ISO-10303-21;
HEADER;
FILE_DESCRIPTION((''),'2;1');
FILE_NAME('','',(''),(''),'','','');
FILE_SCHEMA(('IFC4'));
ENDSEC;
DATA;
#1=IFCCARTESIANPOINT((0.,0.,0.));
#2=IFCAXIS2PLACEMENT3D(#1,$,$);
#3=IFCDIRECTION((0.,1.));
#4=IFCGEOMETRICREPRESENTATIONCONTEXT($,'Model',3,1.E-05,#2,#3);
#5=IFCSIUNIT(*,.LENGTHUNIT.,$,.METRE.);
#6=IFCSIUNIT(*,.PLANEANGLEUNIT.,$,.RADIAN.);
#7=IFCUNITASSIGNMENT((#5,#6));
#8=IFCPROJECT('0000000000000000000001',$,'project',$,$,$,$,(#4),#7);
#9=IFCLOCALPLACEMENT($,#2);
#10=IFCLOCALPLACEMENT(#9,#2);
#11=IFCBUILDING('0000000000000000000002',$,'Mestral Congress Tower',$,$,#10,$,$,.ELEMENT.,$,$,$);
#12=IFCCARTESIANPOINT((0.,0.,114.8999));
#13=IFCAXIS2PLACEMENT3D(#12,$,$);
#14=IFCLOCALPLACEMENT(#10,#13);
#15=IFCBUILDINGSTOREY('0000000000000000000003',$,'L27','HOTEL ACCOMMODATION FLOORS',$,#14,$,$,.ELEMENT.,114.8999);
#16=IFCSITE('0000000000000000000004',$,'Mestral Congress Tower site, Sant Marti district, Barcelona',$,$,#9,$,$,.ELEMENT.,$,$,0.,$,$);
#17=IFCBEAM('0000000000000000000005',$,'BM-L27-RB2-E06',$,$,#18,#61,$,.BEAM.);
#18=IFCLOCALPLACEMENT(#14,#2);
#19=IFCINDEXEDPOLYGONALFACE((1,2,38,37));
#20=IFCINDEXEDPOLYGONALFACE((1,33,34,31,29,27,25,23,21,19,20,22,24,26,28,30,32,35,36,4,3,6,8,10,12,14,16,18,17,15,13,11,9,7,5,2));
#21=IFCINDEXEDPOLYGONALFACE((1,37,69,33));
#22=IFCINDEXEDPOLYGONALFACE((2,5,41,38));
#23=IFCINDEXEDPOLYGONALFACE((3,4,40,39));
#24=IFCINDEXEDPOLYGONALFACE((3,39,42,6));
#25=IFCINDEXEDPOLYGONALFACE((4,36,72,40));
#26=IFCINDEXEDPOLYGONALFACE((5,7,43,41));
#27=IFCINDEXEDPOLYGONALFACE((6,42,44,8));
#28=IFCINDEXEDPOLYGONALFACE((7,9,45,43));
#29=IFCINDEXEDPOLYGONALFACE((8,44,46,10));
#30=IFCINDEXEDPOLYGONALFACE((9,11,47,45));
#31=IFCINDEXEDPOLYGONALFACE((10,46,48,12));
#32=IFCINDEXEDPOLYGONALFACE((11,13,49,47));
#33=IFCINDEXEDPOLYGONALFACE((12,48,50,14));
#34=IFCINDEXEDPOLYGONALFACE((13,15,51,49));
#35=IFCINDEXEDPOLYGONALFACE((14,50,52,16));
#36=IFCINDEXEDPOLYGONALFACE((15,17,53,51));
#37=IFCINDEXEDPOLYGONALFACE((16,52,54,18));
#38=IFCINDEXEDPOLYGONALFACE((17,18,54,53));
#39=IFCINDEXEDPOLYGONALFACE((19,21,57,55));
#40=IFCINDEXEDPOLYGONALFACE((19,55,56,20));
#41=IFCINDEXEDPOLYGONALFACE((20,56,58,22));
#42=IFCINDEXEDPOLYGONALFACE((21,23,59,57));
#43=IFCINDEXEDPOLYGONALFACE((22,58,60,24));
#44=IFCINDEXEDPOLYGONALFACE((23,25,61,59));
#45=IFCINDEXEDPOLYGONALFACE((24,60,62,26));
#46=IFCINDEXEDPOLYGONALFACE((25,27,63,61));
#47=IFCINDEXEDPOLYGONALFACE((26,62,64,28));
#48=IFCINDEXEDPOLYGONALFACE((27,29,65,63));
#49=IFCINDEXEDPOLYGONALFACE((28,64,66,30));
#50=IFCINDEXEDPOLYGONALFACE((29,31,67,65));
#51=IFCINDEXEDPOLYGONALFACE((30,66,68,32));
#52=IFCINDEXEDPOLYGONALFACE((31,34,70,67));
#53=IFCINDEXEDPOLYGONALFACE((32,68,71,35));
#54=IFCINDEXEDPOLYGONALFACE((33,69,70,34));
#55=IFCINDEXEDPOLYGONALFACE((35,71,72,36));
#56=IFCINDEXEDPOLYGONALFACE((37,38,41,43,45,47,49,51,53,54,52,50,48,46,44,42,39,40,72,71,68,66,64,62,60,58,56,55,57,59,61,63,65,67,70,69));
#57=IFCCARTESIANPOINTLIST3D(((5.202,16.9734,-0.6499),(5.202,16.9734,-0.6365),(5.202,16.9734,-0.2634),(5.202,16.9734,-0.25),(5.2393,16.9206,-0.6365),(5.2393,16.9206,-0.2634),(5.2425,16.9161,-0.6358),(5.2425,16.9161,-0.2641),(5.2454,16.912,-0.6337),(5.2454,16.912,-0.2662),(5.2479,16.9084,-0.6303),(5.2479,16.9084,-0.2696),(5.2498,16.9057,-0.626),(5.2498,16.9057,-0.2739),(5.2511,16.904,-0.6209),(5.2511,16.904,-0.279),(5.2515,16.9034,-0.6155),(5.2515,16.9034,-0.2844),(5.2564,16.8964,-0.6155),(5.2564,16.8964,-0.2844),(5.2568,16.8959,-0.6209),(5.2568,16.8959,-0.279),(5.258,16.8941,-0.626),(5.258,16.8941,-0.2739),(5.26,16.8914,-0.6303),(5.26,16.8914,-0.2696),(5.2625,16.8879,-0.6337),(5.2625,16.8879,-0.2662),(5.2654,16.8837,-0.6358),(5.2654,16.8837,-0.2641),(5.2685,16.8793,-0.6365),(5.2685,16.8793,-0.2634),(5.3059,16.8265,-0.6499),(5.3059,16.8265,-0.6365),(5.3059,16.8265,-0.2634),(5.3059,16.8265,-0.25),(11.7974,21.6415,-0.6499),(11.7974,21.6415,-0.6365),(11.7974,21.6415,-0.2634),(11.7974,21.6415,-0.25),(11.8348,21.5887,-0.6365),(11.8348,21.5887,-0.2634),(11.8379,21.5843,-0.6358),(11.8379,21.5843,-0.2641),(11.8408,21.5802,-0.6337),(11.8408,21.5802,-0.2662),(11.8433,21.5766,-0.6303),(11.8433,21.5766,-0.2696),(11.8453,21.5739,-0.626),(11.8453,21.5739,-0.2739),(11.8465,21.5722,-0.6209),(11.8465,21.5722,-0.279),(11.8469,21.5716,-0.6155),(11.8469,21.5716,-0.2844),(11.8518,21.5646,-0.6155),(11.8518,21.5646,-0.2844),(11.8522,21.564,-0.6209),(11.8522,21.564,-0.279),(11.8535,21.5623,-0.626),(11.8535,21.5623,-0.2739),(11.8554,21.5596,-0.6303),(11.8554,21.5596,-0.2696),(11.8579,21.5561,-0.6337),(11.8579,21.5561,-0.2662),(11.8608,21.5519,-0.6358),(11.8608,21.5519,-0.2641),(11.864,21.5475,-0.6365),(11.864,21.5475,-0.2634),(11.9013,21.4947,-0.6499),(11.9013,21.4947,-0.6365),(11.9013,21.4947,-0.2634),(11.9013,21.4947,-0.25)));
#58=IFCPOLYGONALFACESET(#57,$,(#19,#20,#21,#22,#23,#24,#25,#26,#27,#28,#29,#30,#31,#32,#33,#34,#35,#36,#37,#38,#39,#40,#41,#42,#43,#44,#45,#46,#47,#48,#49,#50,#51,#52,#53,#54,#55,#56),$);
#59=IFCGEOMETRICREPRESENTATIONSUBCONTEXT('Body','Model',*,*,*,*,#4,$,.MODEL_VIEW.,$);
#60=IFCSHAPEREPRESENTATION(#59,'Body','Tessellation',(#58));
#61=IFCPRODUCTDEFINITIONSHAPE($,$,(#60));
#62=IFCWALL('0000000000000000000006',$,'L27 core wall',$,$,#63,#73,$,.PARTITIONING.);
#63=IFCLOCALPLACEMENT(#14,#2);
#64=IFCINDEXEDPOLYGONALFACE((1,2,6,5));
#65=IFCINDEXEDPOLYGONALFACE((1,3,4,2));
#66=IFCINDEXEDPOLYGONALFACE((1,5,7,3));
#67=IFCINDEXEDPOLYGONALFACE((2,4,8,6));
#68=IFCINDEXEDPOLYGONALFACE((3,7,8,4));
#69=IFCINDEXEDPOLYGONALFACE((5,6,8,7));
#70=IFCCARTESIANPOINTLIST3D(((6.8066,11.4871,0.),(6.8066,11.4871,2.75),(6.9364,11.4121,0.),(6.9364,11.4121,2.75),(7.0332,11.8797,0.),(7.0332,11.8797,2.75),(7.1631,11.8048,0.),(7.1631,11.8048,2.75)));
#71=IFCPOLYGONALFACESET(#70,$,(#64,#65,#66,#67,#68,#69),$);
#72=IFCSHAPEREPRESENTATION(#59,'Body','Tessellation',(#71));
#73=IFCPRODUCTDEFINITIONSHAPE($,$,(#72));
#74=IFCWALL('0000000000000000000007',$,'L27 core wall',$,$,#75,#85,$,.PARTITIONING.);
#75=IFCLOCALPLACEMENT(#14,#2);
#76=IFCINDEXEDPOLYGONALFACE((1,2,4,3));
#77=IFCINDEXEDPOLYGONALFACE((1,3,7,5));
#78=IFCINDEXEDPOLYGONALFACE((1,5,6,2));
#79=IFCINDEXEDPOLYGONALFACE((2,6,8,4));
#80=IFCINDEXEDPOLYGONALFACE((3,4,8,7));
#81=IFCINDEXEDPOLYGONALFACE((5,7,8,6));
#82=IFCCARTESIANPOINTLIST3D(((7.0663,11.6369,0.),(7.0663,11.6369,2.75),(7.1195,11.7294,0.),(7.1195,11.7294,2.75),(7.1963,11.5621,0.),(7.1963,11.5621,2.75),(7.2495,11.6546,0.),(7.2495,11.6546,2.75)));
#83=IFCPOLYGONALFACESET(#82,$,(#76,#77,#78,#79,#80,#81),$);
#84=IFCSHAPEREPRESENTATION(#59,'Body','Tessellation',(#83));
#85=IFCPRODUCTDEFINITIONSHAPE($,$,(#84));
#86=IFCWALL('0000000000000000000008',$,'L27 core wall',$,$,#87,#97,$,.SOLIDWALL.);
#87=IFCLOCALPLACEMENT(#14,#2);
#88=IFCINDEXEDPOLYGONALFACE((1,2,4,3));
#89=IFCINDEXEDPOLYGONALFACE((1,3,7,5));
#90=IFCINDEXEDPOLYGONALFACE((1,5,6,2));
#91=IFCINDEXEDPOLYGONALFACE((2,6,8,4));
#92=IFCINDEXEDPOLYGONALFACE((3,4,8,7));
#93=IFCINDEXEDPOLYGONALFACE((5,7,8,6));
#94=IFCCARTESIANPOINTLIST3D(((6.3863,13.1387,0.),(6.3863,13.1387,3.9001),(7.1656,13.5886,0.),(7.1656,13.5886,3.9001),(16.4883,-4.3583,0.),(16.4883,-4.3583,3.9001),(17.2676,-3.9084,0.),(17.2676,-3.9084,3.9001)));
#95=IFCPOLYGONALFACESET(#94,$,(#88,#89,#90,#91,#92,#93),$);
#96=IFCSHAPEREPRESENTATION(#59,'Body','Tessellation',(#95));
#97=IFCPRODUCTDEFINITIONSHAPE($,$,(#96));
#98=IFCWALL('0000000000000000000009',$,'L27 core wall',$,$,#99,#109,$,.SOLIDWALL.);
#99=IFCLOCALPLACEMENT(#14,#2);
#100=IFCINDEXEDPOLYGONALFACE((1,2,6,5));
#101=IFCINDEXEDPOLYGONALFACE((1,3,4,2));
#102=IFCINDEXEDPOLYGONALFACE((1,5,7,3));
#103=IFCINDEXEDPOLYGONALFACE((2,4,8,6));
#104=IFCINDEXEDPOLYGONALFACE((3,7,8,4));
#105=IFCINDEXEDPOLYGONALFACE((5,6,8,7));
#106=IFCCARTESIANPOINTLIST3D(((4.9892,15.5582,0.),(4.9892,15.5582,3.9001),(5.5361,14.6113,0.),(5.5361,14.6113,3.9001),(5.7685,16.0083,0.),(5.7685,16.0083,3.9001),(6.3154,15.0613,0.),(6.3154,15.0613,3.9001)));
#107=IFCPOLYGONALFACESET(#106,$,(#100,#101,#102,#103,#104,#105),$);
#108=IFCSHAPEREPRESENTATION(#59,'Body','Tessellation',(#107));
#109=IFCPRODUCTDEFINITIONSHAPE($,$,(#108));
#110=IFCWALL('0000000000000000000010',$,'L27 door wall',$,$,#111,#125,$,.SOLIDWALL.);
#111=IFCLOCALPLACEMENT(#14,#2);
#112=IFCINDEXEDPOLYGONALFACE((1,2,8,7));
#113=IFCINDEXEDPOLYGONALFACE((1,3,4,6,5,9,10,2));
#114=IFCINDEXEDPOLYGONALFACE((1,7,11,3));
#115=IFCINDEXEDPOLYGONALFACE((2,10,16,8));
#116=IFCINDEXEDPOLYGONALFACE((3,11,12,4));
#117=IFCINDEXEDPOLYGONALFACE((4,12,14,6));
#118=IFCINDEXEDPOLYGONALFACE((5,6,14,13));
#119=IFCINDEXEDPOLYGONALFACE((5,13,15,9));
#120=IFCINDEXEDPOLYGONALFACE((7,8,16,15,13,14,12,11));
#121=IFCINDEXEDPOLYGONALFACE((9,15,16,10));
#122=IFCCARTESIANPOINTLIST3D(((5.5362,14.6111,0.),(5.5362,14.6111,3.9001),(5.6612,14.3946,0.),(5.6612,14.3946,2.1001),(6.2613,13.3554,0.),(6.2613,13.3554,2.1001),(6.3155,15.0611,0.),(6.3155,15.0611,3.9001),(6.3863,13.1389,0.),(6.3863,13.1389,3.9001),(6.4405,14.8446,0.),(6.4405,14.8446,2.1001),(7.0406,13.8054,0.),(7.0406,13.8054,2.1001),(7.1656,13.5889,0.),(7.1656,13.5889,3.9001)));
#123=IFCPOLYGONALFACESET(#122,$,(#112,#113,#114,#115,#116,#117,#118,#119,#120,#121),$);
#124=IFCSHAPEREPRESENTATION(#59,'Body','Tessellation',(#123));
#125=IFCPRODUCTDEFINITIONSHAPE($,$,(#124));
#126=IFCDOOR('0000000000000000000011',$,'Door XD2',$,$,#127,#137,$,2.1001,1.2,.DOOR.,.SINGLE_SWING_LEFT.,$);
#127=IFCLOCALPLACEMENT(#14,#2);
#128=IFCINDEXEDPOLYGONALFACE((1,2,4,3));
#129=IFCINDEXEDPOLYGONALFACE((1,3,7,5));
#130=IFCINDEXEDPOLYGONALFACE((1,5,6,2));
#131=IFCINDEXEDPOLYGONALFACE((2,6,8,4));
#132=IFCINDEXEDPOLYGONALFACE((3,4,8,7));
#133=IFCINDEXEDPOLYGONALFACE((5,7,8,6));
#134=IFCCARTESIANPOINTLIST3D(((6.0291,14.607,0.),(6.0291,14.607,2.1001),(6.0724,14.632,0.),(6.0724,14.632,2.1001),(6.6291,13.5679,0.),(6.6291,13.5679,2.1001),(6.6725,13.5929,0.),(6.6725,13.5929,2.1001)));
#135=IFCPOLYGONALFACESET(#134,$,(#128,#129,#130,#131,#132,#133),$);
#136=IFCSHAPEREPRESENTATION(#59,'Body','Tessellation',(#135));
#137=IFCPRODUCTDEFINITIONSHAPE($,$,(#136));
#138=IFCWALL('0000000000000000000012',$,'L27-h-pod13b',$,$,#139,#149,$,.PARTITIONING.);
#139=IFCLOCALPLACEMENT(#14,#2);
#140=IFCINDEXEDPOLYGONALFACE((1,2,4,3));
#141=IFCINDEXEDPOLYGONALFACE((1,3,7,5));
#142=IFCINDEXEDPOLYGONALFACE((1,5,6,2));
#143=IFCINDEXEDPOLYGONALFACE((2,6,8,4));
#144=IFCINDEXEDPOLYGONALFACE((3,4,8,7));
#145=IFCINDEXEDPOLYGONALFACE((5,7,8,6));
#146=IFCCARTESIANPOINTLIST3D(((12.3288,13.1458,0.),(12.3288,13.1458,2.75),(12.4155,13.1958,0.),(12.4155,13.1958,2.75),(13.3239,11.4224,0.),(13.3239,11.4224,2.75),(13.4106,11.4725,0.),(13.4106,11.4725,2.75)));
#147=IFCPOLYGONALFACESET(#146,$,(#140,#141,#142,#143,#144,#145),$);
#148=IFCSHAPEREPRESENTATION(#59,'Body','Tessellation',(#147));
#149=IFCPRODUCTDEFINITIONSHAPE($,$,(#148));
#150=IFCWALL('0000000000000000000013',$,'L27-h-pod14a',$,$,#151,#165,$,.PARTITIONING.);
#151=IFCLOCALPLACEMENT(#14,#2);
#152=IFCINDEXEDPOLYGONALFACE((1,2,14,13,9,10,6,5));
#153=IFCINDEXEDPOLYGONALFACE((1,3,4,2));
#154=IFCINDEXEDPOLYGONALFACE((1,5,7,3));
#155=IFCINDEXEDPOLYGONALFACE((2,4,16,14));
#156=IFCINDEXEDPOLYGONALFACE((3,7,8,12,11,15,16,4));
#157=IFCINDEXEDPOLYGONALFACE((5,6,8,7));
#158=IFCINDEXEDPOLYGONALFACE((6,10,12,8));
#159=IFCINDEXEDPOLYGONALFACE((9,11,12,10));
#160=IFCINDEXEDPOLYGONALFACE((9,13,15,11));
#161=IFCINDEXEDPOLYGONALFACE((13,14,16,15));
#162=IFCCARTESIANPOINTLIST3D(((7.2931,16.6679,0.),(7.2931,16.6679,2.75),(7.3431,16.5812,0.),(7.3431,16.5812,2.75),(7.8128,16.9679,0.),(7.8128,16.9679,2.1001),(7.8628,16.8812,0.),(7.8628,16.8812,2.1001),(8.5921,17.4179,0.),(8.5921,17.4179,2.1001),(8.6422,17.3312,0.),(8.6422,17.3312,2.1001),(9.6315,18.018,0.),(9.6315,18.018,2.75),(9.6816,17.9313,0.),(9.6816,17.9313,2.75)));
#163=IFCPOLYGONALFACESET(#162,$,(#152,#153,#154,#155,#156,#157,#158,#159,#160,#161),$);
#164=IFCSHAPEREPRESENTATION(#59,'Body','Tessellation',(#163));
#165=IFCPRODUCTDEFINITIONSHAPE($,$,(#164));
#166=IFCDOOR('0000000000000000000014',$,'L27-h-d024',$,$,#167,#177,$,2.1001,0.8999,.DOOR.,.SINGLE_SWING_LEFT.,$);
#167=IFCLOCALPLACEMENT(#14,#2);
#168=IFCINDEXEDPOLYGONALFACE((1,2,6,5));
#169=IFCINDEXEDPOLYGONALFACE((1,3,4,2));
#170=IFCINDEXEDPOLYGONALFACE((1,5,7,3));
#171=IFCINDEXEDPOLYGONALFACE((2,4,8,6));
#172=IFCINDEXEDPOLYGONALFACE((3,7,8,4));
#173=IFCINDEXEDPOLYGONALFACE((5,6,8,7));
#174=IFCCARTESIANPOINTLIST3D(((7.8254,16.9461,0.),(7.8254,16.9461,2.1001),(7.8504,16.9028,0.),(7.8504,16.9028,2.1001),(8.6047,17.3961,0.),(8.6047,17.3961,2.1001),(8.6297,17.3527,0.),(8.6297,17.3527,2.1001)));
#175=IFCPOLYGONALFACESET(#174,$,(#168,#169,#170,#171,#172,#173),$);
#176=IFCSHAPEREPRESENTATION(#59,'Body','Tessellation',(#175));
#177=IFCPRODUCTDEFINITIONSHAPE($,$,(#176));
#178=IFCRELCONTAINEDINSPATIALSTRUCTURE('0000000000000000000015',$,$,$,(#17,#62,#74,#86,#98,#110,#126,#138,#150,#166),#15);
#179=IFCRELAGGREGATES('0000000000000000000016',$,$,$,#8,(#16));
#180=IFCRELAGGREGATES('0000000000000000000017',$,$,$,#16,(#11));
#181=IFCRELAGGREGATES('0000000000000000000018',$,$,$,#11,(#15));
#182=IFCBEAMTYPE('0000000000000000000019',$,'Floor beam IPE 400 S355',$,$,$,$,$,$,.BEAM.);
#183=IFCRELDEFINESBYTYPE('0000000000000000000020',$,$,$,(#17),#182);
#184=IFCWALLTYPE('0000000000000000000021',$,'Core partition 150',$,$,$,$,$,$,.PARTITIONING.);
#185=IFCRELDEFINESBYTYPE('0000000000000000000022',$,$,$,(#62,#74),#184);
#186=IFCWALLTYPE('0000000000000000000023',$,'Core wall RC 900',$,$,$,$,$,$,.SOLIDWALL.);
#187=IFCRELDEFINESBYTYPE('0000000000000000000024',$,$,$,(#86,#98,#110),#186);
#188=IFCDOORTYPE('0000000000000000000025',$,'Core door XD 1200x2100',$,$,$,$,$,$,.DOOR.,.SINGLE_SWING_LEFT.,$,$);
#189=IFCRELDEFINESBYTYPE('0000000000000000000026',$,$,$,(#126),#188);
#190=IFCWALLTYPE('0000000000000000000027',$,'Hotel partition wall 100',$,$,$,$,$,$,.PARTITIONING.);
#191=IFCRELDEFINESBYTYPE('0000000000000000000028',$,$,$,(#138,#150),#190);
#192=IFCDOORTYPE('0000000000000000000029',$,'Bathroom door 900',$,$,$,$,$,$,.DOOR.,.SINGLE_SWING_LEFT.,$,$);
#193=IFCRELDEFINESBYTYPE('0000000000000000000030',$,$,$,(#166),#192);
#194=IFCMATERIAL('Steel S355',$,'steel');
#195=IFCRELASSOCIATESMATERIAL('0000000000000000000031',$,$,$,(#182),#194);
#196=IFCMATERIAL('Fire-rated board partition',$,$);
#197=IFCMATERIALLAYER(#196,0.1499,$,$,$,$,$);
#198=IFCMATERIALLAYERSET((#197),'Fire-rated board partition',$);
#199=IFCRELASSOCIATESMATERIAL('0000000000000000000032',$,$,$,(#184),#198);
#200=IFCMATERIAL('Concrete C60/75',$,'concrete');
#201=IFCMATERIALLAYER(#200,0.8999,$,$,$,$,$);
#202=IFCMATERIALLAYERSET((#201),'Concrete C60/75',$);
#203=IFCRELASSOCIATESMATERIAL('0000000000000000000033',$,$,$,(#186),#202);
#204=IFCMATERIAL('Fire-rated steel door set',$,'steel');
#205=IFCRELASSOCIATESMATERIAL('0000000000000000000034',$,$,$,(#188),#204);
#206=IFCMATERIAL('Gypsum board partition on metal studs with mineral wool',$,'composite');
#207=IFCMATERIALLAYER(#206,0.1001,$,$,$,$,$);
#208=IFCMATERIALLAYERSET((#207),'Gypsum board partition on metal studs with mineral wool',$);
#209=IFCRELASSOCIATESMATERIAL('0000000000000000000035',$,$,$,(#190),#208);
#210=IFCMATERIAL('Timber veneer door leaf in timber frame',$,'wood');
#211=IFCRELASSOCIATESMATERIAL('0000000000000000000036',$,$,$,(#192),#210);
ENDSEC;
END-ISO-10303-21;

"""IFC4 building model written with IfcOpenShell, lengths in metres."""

from ifc_helpers import new_model, si_unit, direction, frame, frame_2d, origin, origin_2d, place, context, subcontext, project, spatial, rectangle, i_section, extrude, material, layer, layer_set, material_profile, profile_set, type_object, element, fill, save


model = new_model("IFC4")

# Units and contexts
model_context = context("Model", 3, precision=1e-05, world=origin(), true_north=direction((0.0, 1.0)))
body_context = subcontext(model_context, "Body", "Model", "MODEL_VIEW")
ifc_project = project(units=[si_unit("LENGTHUNIT", "METRE"), si_unit("PLANEANGLEUNIT", "RADIAN")], contexts=[model_context])

# Site, building, storey
site_placement = place(None, origin())
site = spatial("IfcSite", under=ifc_project, at=site_placement, Name="Mestral Congress Tower site, Sant Marti district, Barcelona", CompositionType="ELEMENT", RefElevation=0.0)
building_placement = place(site_placement, origin())
building = spatial("IfcBuilding", under=site, at=building_placement, Name="Mestral Congress Tower", CompositionType="ELEMENT")
storey_placement = place(building_placement, frame((0.0, 0.0, 114.8999)))
storey = spatial("IfcBuildingStorey", under=building, at=storey_placement, Name="L27", Description="HOTEL ACCOMMODATION FLOORS", CompositionType="ELEMENT", Elevation=114.8999)

# Beam
ifc_material_1 = material(Name="Steel S355", Category="steel")
ifc_material_profile = material_profile(ifc_material_1, i_section(OverallWidth=0.1799, OverallDepth=0.3999, WebThickness=0.0085, FlangeThickness=0.0134, FilletRadius=0.021, at=origin_2d()), Name="IPE 400")
ifc_profile_set = profile_set([ifc_material_profile], Name="Steel S355")
beam_type = type_object("IfcBeamType", Name="Floor beam IPE 400 S355", PredefinedType="BEAM", material=ifc_profile_set)
beam_placement = place(storey_placement, frame((11.8494, 21.5681, -0.45), z_axis=(-0.816233, -0.577723, 0.0), x_axis=(0.577723, -0.816233, 0.0)))
element("IfcBeam", 1, at=beam_placement, inside=storey, type_object=beam_type, Name="BM-L27-RB2-E06", PredefinedType="BEAM", context=body_context, shape_type="SweptSolid", body=[
    extrude(i_section(OverallWidth=0.1799, OverallDepth=0.3999, WebThickness=0.0085, FlangeThickness=0.0134, FilletRadius=0.021, at=origin_2d()), origin(), (0.0, 0.0, 1.0), 8.0803),
])

# Walls
ifc_material_2 = material(Name="Fire-rated board partition")
ifc_layer_1 = layer(ifc_material_2, 0.1499)
ifc_layer_set_1 = layer_set([ifc_layer_1], Name="Fire-rated board partition")
wall_type_1 = type_object("IfcWallType", Name="Core partition 150", PredefinedType="PARTITIONING", material=ifc_layer_set_1)
wall_1_placement = place(storey_placement, frame((6.8716, 11.4497, 0.0), z_axis=(0.0, 0.0, 1.0), x_axis=(0.499847, 0.866114, 0.0)))
element("IfcWall", 2, at=wall_1_placement, inside=storey, type_object=wall_type_1, Name="L27 core wall", PredefinedType="PARTITIONING", context=body_context, shape_type="SweptSolid", body=[
    extrude(rectangle(XDim=0.4534, YDim=0.1499, at=frame_2d((0.2266, 0.0))), origin(), (0.0, 0.0, 1.0), 2.75),
])
wall_2_placement = place(storey_placement, frame((7.1313, 11.5996, 0.0), z_axis=(0.0, 0.0, 1.0), x_axis=(0.4986, 0.866832, 0.0)))
element("IfcWall", 3, at=wall_2_placement, inside=storey, type_object=wall_type_1, Name="L27 core wall", PredefinedType="PARTITIONING", context=body_context, shape_type="SweptSolid", body=[
    extrude(rectangle(XDim=0.1067, YDim=0.1499, at=frame_2d((0.0532, 0.0))), origin(), (0.0, 0.0, 1.0), 2.75),
])
ifc_material_3 = material(Name="Concrete C60/75", Category="concrete")
ifc_layer_2 = layer(ifc_material_3, 0.8999)
ifc_layer_set_2 = layer_set([ifc_layer_2], Name="Concrete C60/75")
wall_type_2 = type_object("IfcWallType", Name="Core wall RC 900", PredefinedType="SOLIDWALL", material=ifc_layer_set_2)
wall_3_placement = place(storey_placement, frame((6.7759, 13.3638, 0.0), z_axis=(0.0, 0.0, 1.0), x_axis=(0.500004, -0.866023, 0.0)))
element("IfcWall", 4, at=wall_3_placement, inside=storey, type_object=wall_type_2, Name="L27 core wall", PredefinedType="SOLIDWALL", context=body_context, shape_type="SweptSolid", body=[
    extrude(rectangle(XDim=20.2039, YDim=0.8999, at=frame_2d((10.1021, 0.0))), origin(), (0.0, 0.0, 1.0), 3.9001),
])
wall_4_placement = place(storey_placement, frame((5.9258, 14.8362, 0.0), z_axis=(0.0, 0.0, 1.0), x_axis=(-0.500077, 0.865981, 0.0)))
element("IfcWall", 5, at=wall_4_placement, inside=storey, type_object=wall_type_2, Name="L27 core wall", PredefinedType="SOLIDWALL", context=body_context, shape_type="SweptSolid", body=[
    extrude(rectangle(XDim=1.0935, YDim=0.8999, at=frame_2d((0.5469, 0.0))), origin(), (0.0, 0.0, 1.0), 3.9001),
])

# Wall, opening, door
wall_5_placement = place(storey_placement, frame((5.9258, 14.8362, 0.0), z_axis=(0.0, 0.0, 1.0), x_axis=(0.500062, -0.865989, 0.0)))
wall_5 = element("IfcWall", 6, at=wall_5_placement, inside=storey, type_object=wall_type_2, Name="L27 door wall", PredefinedType="SOLIDWALL", context=body_context, shape_type="SweptSolid", body=[
    extrude(rectangle(XDim=1.7, YDim=0.8999, at=frame_2d((0.8501, 0.0))), origin(), (0.0, 0.0, 1.0), 3.9001),
])
opening_1_placement = place(wall_5_placement, frame((0.25, 0.0, 0.0)))
opening_1 = element("IfcOpeningElement", 7, at=opening_1_placement, cuts=wall_5, PredefinedType="OPENING", context=body_context, shape_type="SweptSolid", body=[
    extrude(rectangle(XDim=1.2, YDim=2.1001, at=frame_2d((0.6001, 1.05))), frame((0.0, 0.46, 0.0), z_axis=(0.0, -1.0, 0.0), x_axis=(1.0, 0.0, 0.0)), (0.0, 0.0, 1.0), 0.9199),
])
ifc_material_4 = material(Name="Fire-rated steel door set", Category="steel")
door_type_1 = type_object("IfcDoorType", Name="Core door XD 1200x2100", OperationType="SINGLE_SWING_LEFT", PredefinedType="DOOR", material=ifc_material_4)
door_1_placement = place(opening_1_placement, origin())
door_1 = element("IfcDoor", 8, at=door_1_placement, inside=storey, type_object=door_type_1, Name="Door XD2", OperationType="SINGLE_SWING_LEFT", OverallHeight=2.1001, OverallWidth=1.2, PredefinedType="DOOR", context=body_context, shape_type="SweptSolid", body=[
    extrude(rectangle(XDim=1.2, YDim=2.1001, at=frame_2d((0.6001, 1.05))), frame((0.0, 0.0249, 0.0), z_axis=(0.0, -1.0, 0.0), x_axis=(1.0, 0.0, 0.0)), (0.0, 0.0, 1.0), 0.05),
])
fill(opening_1, door_1)

# Wall
ifc_material_5 = material(Name="Gypsum board partition on metal studs with mineral wool", Category="composite")
ifc_layer_3 = layer(ifc_material_5, 0.1001)
ifc_layer_set_3 = layer_set([ifc_layer_3], Name="Gypsum board partition on metal studs with mineral wool")
wall_type_3 = type_object("IfcWallType", Name="Hotel partition wall 100", PredefinedType="PARTITIONING", material=ifc_layer_set_3)
wall_6_placement = place(storey_placement, frame((12.3721, 13.1709, 0.0), z_axis=(0.0, 0.0, 1.0), x_axis=(0.500045, -0.866, 0.0)))
element("IfcWall", 9, at=wall_6_placement, inside=storey, type_object=wall_type_3, Name="L27-h-pod13b", PredefinedType="PARTITIONING", context=body_context, shape_type="SweptSolid", body=[
    extrude(rectangle(XDim=1.99, YDim=0.1001, at=frame_2d((0.9951, 0.0))), origin(), (0.0, 0.0, 1.0), 2.75),
])

# Wall, opening, door
wall_7_placement = place(storey_placement, frame((7.3181, 16.6245, 0.0), z_axis=(0.0, 0.0, 1.0), x_axis=(0.86602, 0.500009, 0.0)))
wall_7 = element("IfcWall", 10, at=wall_7_placement, inside=storey, type_object=wall_type_3, Name="L27-h-pod14a", PredefinedType="PARTITIONING", context=body_context, shape_type="SweptSolid", body=[
    extrude(rectangle(XDim=2.7002, YDim=0.1001, at=frame_2d((1.3501, 0.0))), origin(), (0.0, 0.0, 1.0), 2.75),
])
opening_2_placement = place(wall_7_placement, frame((0.6001, 0.0, 0.0)))
opening_2 = element("IfcOpeningElement", 11, at=opening_2_placement, cuts=wall_7, PredefinedType="OPENING", context=body_context, shape_type="SweptSolid", body=[
    extrude(rectangle(XDim=0.8999, YDim=2.1001, at=frame_2d((0.45, 1.05))), frame((0.0, 0.0601, 0.0), z_axis=(0.0, -1.0, 0.0), x_axis=(1.0, 0.0, 0.0)), (0.0, 0.0, 1.0), 0.1201),
])
ifc_material_6 = material(Name="Timber veneer door leaf in timber frame", Category="wood")
door_type_2 = type_object("IfcDoorType", Name="Bathroom door 900", OperationType="SINGLE_SWING_LEFT", PredefinedType="DOOR", material=ifc_material_6)
door_2_placement = place(opening_2_placement, origin())
door_2 = element("IfcDoor", 12, at=door_2_placement, inside=storey, type_object=door_type_2, Name="L27-h-d024", OperationType="SINGLE_SWING_LEFT", OverallHeight=2.1001, OverallWidth=0.8999, PredefinedType="DOOR", context=body_context, shape_type="SweptSolid", body=[
    extrude(rectangle(XDim=0.8999, YDim=2.1001, at=frame_2d((0.45, 1.05))), frame((0.0, 0.0249, 0.0), z_axis=(0.0, -1.0, 0.0), x_axis=(1.0, 0.0, 0.0)), (0.0, 0.0, 1.0), 0.05),
])
fill(opening_2, door_2)

save(model, "model.ifc")
